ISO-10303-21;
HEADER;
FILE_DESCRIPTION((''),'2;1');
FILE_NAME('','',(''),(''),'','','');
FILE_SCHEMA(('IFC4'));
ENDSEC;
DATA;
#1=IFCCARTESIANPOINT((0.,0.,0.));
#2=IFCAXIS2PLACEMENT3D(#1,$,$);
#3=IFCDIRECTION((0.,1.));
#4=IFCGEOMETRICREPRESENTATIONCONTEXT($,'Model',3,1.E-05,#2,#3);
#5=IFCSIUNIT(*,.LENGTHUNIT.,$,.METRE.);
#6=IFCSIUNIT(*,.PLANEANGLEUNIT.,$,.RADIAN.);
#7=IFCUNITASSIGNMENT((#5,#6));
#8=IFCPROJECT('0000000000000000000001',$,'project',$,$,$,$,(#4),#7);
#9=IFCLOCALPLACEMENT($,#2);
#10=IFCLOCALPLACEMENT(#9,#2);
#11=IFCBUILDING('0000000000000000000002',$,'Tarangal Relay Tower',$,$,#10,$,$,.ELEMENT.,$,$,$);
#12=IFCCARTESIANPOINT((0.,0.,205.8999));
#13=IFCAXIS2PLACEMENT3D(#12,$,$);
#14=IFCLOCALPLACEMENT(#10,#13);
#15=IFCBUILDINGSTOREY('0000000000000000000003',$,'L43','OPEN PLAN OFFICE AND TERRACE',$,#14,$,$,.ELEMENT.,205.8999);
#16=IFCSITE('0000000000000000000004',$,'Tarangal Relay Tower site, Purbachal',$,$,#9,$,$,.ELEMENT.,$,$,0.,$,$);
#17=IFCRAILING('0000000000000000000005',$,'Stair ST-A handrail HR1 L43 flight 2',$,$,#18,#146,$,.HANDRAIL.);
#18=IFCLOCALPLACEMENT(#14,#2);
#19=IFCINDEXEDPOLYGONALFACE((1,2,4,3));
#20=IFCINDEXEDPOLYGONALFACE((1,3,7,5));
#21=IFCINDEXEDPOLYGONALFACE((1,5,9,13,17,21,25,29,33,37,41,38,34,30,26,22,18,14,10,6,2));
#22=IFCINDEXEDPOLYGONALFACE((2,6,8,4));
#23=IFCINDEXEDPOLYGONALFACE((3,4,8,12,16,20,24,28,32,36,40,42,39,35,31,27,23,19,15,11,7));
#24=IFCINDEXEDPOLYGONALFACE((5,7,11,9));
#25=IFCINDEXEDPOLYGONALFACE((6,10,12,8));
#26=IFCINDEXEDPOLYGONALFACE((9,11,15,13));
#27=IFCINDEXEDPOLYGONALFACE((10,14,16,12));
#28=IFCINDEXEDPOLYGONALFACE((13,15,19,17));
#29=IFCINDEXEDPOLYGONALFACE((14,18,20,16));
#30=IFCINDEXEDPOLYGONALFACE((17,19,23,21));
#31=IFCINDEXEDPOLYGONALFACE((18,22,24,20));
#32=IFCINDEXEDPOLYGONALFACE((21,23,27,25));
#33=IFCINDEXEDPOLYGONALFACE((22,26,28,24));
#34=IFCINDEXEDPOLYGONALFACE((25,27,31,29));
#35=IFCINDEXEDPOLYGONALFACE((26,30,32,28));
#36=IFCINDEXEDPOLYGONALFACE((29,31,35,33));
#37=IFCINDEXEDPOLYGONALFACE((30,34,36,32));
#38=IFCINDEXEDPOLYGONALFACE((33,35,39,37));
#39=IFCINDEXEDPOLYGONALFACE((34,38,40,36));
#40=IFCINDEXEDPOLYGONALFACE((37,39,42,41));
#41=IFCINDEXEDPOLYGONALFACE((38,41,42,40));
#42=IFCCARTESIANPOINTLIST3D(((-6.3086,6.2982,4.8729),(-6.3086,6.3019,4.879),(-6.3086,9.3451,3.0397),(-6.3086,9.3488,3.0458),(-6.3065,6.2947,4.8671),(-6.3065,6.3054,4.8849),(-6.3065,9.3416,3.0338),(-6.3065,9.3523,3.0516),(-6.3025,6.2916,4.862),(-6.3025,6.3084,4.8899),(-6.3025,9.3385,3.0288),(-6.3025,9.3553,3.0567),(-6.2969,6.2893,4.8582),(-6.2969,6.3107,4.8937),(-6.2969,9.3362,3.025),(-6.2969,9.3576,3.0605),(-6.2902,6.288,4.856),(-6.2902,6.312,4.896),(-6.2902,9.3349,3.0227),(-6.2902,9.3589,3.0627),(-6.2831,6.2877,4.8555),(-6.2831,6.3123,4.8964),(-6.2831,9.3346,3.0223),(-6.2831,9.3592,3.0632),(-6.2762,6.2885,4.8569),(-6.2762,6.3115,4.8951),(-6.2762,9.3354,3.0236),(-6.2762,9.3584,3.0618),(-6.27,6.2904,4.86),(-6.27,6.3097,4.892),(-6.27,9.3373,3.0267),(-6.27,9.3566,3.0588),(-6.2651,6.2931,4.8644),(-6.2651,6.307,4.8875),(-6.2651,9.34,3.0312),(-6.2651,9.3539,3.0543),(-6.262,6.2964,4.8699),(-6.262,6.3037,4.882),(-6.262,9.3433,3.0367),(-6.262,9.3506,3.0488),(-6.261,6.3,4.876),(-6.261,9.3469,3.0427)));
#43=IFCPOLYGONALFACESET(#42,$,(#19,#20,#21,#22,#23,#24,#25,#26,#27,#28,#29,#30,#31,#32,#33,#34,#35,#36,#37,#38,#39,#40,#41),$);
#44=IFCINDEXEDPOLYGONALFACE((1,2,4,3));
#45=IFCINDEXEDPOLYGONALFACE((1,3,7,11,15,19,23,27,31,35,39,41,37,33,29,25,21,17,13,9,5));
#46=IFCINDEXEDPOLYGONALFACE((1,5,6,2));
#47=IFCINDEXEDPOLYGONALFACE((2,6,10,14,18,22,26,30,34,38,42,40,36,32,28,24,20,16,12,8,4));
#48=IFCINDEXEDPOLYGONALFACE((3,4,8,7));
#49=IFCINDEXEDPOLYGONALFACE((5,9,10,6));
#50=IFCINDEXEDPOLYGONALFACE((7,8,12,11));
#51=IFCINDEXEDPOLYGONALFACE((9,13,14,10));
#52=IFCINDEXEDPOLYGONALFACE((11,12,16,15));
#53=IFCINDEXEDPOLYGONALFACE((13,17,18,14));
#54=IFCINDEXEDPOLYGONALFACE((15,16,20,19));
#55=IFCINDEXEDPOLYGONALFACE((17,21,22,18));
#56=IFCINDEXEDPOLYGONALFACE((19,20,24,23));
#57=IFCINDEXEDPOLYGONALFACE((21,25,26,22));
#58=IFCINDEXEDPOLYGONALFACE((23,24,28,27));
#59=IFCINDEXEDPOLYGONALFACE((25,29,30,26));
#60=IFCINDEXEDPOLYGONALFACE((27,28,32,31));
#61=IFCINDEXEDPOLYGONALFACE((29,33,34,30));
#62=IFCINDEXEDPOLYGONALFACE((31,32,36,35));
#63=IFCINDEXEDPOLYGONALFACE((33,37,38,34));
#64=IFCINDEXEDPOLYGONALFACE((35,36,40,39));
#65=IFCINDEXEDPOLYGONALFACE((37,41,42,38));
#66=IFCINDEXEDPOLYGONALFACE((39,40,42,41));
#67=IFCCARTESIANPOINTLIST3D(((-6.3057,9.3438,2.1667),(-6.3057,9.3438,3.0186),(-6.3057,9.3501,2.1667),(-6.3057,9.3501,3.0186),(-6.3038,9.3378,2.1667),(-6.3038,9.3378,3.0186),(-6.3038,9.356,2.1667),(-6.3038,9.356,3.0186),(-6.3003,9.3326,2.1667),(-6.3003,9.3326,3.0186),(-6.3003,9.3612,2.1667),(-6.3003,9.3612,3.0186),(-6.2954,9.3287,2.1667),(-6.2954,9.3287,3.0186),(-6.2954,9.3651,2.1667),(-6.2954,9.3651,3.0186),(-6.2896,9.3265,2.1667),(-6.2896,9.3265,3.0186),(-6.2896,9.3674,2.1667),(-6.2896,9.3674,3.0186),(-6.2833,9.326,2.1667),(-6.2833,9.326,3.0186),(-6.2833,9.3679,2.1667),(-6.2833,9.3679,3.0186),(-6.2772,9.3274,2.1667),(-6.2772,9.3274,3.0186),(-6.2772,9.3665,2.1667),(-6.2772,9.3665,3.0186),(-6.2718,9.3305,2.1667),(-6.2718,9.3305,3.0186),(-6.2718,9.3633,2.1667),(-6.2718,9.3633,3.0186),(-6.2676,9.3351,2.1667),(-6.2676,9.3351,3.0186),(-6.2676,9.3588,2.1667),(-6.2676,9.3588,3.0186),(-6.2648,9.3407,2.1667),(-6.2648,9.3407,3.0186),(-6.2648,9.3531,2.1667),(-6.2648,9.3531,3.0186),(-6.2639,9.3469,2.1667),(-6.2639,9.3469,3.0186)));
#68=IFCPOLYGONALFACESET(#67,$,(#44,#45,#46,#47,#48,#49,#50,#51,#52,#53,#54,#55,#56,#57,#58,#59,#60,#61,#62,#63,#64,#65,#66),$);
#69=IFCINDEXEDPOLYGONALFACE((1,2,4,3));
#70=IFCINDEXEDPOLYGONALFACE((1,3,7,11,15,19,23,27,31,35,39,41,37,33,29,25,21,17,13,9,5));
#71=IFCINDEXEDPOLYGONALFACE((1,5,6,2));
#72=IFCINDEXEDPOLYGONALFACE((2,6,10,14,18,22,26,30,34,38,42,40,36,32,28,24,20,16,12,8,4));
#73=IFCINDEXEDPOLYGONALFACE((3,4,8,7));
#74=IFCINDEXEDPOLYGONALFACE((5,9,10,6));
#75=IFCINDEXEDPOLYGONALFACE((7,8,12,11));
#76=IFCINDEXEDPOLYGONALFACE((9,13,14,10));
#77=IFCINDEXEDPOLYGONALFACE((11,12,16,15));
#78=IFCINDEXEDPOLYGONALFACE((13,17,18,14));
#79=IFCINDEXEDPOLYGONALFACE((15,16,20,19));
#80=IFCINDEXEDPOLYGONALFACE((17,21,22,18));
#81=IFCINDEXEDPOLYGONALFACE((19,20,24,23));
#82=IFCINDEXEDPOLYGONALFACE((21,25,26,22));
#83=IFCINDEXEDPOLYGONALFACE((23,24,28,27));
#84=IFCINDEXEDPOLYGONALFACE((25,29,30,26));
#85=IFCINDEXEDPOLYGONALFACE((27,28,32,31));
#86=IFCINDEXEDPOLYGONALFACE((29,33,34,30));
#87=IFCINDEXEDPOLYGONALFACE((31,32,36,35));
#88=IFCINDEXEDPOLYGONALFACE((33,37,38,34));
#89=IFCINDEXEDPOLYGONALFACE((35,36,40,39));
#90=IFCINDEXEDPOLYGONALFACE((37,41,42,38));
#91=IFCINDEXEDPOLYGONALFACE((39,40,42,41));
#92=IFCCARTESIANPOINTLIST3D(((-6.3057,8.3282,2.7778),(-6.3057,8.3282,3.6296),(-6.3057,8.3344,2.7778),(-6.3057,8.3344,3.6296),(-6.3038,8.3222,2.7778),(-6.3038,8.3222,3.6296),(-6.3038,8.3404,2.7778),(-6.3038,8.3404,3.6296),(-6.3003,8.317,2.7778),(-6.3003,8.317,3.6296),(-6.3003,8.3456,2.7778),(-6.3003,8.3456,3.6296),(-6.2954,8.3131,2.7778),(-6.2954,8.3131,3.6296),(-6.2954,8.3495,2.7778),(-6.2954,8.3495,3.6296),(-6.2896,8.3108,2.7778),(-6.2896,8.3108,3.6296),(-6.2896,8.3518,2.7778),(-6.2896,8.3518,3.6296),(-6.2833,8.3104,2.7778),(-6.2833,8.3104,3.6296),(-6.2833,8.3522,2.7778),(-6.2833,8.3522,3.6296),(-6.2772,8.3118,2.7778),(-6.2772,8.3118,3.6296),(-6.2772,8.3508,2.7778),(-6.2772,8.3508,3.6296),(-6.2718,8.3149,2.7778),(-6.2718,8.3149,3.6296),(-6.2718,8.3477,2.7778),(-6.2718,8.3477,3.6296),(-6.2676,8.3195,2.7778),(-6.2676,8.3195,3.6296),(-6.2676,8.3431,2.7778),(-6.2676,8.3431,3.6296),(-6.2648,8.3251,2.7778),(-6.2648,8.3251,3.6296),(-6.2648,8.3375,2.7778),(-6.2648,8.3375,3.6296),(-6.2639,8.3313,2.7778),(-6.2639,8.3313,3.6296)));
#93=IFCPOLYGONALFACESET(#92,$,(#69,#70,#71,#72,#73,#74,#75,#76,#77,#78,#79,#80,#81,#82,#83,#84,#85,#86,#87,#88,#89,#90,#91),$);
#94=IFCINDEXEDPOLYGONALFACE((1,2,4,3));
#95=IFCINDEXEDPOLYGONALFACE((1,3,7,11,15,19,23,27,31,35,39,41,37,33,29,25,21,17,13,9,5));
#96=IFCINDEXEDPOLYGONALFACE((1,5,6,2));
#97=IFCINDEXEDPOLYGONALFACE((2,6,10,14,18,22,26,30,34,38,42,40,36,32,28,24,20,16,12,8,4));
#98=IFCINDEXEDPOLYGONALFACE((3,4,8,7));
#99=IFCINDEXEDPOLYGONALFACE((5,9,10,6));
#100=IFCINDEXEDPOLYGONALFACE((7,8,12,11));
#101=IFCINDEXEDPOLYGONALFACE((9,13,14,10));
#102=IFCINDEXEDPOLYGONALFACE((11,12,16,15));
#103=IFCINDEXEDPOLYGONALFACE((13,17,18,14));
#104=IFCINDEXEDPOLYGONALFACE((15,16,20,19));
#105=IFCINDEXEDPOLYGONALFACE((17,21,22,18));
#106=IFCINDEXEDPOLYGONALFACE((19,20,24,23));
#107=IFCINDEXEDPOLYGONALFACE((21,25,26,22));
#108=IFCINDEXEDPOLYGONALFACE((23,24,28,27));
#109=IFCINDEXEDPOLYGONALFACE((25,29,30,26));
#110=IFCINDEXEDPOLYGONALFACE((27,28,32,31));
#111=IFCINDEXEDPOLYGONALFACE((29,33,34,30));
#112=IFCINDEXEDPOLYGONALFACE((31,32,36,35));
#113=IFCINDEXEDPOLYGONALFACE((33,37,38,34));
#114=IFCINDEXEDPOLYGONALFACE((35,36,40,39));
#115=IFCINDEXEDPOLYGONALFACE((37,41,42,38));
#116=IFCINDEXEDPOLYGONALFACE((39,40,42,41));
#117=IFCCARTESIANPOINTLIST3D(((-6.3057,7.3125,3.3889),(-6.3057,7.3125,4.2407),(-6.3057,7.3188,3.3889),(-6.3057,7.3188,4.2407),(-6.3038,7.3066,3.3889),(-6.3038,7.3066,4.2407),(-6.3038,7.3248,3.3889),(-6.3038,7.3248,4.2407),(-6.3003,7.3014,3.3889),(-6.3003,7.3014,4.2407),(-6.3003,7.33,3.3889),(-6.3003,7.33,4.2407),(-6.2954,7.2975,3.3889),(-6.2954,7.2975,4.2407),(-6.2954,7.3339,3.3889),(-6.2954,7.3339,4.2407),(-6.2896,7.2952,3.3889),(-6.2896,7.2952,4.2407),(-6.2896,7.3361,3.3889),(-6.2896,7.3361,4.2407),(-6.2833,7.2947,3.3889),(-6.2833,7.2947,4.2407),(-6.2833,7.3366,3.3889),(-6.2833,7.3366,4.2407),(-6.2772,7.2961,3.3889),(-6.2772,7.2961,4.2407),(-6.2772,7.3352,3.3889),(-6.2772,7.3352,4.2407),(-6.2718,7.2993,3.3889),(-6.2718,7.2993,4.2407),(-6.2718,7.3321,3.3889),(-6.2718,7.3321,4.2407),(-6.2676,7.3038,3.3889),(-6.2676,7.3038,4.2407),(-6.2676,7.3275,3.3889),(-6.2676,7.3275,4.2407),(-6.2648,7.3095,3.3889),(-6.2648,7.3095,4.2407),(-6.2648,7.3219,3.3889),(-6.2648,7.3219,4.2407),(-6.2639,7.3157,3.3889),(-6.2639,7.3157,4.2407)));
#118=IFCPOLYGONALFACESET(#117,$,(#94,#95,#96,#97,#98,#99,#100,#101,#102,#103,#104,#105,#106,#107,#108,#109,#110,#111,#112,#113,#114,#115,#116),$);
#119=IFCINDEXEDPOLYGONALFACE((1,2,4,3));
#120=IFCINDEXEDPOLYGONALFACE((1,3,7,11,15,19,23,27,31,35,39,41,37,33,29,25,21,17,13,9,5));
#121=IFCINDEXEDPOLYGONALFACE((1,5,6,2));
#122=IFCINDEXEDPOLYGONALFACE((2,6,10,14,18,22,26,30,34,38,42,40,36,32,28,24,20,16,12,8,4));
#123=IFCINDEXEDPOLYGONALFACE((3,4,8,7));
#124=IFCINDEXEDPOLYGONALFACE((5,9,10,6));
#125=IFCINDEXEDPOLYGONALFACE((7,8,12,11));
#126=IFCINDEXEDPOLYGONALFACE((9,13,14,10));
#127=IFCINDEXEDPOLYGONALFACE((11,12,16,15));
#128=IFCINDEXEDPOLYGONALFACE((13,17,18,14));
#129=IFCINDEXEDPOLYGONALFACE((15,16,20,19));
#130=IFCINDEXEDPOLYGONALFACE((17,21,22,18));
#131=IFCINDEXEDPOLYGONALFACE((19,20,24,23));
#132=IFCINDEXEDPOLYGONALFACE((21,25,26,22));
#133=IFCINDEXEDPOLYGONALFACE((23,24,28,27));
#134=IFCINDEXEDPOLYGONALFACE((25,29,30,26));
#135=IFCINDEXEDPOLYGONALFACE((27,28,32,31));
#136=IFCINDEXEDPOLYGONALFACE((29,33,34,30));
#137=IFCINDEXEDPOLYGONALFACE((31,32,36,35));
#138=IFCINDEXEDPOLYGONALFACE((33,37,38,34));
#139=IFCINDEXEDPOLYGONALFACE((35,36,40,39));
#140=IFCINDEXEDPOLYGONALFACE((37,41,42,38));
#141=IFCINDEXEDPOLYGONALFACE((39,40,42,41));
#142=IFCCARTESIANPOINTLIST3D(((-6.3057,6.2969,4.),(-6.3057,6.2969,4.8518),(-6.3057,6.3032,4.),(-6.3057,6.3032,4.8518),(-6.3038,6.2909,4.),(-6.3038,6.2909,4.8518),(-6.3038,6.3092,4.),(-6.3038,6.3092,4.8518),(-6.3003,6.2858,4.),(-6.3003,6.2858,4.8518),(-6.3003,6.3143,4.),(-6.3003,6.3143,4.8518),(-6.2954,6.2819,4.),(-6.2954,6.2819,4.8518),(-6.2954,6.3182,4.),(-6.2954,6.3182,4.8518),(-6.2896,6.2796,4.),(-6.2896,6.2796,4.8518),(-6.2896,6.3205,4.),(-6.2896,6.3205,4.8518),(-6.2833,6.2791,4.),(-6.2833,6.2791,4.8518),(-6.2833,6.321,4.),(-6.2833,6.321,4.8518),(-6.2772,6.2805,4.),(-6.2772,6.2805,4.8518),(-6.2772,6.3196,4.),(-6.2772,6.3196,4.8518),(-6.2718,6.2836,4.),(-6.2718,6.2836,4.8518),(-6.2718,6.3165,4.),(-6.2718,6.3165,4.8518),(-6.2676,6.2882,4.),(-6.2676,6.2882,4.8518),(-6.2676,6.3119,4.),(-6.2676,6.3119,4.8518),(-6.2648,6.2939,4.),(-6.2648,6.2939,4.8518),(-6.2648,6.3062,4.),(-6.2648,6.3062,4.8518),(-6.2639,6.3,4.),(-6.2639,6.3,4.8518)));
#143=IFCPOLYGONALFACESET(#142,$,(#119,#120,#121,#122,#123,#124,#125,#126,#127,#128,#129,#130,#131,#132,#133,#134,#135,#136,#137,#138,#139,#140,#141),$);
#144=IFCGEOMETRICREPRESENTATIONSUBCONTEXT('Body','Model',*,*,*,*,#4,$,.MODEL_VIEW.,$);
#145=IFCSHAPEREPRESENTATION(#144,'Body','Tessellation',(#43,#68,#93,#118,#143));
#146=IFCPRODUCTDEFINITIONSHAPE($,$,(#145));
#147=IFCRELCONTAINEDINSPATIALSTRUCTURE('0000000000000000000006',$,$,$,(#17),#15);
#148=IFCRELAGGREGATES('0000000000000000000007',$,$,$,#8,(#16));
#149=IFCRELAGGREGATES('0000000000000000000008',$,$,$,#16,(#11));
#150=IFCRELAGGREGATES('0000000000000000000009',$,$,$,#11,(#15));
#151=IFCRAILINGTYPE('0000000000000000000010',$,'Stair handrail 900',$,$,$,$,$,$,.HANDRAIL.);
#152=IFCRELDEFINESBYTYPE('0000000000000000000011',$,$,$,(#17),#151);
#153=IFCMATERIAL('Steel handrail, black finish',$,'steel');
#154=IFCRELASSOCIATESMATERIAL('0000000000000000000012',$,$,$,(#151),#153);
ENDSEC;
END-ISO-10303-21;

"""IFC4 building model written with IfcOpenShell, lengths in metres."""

from ifc_helpers import new_model, si_unit, direction, frame, origin, origin_2d, place, context, subcontext, project, spatial, circle, extrude, material, type_object, element, save


model = new_model("IFC4")

# Units and contexts
model_context = context("Model", 3, precision=1e-05, world=origin(), true_north=direction((0.0, 1.0)))
body_context = subcontext(model_context, "Body", "Model", "MODEL_VIEW")
ifc_project = project(units=[si_unit("LENGTHUNIT", "METRE"), si_unit("PLANEANGLEUNIT", "RADIAN")], contexts=[model_context])

# Site, building, storey
site_placement = place(None, origin())
site = spatial("IfcSite", under=ifc_project, at=site_placement, Name="Tarangal Relay Tower site, Purbachal", CompositionType="ELEMENT", RefElevation=0.0)
building_placement = place(site_placement, origin())
building = spatial("IfcBuilding", under=site, at=building_placement, Name="Tarangal Relay Tower", CompositionType="ELEMENT")
storey_placement = place(building_placement, frame((0.0, 0.0, 205.8999)))
storey = spatial("IfcBuildingStorey", under=building, at=storey_placement, Name="L43", Description="OPEN PLAN OFFICE AND TERRACE", CompositionType="ELEMENT", Elevation=205.8999)

# Railing
ifc_material_1 = material(Name="Steel handrail, black finish", Category="steel")
railing_type_1 = type_object("IfcRailingType", Name="Stair handrail 900", PredefinedType="HANDRAIL", material=ifc_material_1)
railing_1_placement = place(storey_placement, frame((-6.2849, 9.3469, 2.1667)))
element("IfcRailing", 1, at=railing_1_placement, inside=storey, type_object=railing_type_1, Name="Stair ST-A handrail HR1 L43 flight 2", PredefinedType="HANDRAIL", context=body_context, shape_type="SweptSolid", body=[
    extrude(circle(Radius=0.0239, at=origin_2d()), frame((0.0, 0.0, 0.876), z_axis=(0.0, -0.856856, 0.515556), x_axis=(1.0, 0.0, 0.0)), (0.0, 0.0, 1.0), 3.5559),
    extrude(circle(Radius=0.021, at=origin_2d()), origin(), (0.0, 0.0, 1.0), 0.8518),
    extrude(circle(Radius=0.021, at=origin_2d()), frame((0.0, -1.0156, 0.6111)), (0.0, 0.0, 1.0), 0.8518),
    extrude(circle(Radius=0.021, at=origin_2d()), frame((0.0, -2.0312, 1.2222)), (0.0, 0.0, 1.0), 0.8518),
    extrude(circle(Radius=0.021, at=origin_2d()), frame((0.0, -3.0469, 1.8333)), (0.0, 0.0, 1.0), 0.8518),
])

save(model, "model.ifc")
